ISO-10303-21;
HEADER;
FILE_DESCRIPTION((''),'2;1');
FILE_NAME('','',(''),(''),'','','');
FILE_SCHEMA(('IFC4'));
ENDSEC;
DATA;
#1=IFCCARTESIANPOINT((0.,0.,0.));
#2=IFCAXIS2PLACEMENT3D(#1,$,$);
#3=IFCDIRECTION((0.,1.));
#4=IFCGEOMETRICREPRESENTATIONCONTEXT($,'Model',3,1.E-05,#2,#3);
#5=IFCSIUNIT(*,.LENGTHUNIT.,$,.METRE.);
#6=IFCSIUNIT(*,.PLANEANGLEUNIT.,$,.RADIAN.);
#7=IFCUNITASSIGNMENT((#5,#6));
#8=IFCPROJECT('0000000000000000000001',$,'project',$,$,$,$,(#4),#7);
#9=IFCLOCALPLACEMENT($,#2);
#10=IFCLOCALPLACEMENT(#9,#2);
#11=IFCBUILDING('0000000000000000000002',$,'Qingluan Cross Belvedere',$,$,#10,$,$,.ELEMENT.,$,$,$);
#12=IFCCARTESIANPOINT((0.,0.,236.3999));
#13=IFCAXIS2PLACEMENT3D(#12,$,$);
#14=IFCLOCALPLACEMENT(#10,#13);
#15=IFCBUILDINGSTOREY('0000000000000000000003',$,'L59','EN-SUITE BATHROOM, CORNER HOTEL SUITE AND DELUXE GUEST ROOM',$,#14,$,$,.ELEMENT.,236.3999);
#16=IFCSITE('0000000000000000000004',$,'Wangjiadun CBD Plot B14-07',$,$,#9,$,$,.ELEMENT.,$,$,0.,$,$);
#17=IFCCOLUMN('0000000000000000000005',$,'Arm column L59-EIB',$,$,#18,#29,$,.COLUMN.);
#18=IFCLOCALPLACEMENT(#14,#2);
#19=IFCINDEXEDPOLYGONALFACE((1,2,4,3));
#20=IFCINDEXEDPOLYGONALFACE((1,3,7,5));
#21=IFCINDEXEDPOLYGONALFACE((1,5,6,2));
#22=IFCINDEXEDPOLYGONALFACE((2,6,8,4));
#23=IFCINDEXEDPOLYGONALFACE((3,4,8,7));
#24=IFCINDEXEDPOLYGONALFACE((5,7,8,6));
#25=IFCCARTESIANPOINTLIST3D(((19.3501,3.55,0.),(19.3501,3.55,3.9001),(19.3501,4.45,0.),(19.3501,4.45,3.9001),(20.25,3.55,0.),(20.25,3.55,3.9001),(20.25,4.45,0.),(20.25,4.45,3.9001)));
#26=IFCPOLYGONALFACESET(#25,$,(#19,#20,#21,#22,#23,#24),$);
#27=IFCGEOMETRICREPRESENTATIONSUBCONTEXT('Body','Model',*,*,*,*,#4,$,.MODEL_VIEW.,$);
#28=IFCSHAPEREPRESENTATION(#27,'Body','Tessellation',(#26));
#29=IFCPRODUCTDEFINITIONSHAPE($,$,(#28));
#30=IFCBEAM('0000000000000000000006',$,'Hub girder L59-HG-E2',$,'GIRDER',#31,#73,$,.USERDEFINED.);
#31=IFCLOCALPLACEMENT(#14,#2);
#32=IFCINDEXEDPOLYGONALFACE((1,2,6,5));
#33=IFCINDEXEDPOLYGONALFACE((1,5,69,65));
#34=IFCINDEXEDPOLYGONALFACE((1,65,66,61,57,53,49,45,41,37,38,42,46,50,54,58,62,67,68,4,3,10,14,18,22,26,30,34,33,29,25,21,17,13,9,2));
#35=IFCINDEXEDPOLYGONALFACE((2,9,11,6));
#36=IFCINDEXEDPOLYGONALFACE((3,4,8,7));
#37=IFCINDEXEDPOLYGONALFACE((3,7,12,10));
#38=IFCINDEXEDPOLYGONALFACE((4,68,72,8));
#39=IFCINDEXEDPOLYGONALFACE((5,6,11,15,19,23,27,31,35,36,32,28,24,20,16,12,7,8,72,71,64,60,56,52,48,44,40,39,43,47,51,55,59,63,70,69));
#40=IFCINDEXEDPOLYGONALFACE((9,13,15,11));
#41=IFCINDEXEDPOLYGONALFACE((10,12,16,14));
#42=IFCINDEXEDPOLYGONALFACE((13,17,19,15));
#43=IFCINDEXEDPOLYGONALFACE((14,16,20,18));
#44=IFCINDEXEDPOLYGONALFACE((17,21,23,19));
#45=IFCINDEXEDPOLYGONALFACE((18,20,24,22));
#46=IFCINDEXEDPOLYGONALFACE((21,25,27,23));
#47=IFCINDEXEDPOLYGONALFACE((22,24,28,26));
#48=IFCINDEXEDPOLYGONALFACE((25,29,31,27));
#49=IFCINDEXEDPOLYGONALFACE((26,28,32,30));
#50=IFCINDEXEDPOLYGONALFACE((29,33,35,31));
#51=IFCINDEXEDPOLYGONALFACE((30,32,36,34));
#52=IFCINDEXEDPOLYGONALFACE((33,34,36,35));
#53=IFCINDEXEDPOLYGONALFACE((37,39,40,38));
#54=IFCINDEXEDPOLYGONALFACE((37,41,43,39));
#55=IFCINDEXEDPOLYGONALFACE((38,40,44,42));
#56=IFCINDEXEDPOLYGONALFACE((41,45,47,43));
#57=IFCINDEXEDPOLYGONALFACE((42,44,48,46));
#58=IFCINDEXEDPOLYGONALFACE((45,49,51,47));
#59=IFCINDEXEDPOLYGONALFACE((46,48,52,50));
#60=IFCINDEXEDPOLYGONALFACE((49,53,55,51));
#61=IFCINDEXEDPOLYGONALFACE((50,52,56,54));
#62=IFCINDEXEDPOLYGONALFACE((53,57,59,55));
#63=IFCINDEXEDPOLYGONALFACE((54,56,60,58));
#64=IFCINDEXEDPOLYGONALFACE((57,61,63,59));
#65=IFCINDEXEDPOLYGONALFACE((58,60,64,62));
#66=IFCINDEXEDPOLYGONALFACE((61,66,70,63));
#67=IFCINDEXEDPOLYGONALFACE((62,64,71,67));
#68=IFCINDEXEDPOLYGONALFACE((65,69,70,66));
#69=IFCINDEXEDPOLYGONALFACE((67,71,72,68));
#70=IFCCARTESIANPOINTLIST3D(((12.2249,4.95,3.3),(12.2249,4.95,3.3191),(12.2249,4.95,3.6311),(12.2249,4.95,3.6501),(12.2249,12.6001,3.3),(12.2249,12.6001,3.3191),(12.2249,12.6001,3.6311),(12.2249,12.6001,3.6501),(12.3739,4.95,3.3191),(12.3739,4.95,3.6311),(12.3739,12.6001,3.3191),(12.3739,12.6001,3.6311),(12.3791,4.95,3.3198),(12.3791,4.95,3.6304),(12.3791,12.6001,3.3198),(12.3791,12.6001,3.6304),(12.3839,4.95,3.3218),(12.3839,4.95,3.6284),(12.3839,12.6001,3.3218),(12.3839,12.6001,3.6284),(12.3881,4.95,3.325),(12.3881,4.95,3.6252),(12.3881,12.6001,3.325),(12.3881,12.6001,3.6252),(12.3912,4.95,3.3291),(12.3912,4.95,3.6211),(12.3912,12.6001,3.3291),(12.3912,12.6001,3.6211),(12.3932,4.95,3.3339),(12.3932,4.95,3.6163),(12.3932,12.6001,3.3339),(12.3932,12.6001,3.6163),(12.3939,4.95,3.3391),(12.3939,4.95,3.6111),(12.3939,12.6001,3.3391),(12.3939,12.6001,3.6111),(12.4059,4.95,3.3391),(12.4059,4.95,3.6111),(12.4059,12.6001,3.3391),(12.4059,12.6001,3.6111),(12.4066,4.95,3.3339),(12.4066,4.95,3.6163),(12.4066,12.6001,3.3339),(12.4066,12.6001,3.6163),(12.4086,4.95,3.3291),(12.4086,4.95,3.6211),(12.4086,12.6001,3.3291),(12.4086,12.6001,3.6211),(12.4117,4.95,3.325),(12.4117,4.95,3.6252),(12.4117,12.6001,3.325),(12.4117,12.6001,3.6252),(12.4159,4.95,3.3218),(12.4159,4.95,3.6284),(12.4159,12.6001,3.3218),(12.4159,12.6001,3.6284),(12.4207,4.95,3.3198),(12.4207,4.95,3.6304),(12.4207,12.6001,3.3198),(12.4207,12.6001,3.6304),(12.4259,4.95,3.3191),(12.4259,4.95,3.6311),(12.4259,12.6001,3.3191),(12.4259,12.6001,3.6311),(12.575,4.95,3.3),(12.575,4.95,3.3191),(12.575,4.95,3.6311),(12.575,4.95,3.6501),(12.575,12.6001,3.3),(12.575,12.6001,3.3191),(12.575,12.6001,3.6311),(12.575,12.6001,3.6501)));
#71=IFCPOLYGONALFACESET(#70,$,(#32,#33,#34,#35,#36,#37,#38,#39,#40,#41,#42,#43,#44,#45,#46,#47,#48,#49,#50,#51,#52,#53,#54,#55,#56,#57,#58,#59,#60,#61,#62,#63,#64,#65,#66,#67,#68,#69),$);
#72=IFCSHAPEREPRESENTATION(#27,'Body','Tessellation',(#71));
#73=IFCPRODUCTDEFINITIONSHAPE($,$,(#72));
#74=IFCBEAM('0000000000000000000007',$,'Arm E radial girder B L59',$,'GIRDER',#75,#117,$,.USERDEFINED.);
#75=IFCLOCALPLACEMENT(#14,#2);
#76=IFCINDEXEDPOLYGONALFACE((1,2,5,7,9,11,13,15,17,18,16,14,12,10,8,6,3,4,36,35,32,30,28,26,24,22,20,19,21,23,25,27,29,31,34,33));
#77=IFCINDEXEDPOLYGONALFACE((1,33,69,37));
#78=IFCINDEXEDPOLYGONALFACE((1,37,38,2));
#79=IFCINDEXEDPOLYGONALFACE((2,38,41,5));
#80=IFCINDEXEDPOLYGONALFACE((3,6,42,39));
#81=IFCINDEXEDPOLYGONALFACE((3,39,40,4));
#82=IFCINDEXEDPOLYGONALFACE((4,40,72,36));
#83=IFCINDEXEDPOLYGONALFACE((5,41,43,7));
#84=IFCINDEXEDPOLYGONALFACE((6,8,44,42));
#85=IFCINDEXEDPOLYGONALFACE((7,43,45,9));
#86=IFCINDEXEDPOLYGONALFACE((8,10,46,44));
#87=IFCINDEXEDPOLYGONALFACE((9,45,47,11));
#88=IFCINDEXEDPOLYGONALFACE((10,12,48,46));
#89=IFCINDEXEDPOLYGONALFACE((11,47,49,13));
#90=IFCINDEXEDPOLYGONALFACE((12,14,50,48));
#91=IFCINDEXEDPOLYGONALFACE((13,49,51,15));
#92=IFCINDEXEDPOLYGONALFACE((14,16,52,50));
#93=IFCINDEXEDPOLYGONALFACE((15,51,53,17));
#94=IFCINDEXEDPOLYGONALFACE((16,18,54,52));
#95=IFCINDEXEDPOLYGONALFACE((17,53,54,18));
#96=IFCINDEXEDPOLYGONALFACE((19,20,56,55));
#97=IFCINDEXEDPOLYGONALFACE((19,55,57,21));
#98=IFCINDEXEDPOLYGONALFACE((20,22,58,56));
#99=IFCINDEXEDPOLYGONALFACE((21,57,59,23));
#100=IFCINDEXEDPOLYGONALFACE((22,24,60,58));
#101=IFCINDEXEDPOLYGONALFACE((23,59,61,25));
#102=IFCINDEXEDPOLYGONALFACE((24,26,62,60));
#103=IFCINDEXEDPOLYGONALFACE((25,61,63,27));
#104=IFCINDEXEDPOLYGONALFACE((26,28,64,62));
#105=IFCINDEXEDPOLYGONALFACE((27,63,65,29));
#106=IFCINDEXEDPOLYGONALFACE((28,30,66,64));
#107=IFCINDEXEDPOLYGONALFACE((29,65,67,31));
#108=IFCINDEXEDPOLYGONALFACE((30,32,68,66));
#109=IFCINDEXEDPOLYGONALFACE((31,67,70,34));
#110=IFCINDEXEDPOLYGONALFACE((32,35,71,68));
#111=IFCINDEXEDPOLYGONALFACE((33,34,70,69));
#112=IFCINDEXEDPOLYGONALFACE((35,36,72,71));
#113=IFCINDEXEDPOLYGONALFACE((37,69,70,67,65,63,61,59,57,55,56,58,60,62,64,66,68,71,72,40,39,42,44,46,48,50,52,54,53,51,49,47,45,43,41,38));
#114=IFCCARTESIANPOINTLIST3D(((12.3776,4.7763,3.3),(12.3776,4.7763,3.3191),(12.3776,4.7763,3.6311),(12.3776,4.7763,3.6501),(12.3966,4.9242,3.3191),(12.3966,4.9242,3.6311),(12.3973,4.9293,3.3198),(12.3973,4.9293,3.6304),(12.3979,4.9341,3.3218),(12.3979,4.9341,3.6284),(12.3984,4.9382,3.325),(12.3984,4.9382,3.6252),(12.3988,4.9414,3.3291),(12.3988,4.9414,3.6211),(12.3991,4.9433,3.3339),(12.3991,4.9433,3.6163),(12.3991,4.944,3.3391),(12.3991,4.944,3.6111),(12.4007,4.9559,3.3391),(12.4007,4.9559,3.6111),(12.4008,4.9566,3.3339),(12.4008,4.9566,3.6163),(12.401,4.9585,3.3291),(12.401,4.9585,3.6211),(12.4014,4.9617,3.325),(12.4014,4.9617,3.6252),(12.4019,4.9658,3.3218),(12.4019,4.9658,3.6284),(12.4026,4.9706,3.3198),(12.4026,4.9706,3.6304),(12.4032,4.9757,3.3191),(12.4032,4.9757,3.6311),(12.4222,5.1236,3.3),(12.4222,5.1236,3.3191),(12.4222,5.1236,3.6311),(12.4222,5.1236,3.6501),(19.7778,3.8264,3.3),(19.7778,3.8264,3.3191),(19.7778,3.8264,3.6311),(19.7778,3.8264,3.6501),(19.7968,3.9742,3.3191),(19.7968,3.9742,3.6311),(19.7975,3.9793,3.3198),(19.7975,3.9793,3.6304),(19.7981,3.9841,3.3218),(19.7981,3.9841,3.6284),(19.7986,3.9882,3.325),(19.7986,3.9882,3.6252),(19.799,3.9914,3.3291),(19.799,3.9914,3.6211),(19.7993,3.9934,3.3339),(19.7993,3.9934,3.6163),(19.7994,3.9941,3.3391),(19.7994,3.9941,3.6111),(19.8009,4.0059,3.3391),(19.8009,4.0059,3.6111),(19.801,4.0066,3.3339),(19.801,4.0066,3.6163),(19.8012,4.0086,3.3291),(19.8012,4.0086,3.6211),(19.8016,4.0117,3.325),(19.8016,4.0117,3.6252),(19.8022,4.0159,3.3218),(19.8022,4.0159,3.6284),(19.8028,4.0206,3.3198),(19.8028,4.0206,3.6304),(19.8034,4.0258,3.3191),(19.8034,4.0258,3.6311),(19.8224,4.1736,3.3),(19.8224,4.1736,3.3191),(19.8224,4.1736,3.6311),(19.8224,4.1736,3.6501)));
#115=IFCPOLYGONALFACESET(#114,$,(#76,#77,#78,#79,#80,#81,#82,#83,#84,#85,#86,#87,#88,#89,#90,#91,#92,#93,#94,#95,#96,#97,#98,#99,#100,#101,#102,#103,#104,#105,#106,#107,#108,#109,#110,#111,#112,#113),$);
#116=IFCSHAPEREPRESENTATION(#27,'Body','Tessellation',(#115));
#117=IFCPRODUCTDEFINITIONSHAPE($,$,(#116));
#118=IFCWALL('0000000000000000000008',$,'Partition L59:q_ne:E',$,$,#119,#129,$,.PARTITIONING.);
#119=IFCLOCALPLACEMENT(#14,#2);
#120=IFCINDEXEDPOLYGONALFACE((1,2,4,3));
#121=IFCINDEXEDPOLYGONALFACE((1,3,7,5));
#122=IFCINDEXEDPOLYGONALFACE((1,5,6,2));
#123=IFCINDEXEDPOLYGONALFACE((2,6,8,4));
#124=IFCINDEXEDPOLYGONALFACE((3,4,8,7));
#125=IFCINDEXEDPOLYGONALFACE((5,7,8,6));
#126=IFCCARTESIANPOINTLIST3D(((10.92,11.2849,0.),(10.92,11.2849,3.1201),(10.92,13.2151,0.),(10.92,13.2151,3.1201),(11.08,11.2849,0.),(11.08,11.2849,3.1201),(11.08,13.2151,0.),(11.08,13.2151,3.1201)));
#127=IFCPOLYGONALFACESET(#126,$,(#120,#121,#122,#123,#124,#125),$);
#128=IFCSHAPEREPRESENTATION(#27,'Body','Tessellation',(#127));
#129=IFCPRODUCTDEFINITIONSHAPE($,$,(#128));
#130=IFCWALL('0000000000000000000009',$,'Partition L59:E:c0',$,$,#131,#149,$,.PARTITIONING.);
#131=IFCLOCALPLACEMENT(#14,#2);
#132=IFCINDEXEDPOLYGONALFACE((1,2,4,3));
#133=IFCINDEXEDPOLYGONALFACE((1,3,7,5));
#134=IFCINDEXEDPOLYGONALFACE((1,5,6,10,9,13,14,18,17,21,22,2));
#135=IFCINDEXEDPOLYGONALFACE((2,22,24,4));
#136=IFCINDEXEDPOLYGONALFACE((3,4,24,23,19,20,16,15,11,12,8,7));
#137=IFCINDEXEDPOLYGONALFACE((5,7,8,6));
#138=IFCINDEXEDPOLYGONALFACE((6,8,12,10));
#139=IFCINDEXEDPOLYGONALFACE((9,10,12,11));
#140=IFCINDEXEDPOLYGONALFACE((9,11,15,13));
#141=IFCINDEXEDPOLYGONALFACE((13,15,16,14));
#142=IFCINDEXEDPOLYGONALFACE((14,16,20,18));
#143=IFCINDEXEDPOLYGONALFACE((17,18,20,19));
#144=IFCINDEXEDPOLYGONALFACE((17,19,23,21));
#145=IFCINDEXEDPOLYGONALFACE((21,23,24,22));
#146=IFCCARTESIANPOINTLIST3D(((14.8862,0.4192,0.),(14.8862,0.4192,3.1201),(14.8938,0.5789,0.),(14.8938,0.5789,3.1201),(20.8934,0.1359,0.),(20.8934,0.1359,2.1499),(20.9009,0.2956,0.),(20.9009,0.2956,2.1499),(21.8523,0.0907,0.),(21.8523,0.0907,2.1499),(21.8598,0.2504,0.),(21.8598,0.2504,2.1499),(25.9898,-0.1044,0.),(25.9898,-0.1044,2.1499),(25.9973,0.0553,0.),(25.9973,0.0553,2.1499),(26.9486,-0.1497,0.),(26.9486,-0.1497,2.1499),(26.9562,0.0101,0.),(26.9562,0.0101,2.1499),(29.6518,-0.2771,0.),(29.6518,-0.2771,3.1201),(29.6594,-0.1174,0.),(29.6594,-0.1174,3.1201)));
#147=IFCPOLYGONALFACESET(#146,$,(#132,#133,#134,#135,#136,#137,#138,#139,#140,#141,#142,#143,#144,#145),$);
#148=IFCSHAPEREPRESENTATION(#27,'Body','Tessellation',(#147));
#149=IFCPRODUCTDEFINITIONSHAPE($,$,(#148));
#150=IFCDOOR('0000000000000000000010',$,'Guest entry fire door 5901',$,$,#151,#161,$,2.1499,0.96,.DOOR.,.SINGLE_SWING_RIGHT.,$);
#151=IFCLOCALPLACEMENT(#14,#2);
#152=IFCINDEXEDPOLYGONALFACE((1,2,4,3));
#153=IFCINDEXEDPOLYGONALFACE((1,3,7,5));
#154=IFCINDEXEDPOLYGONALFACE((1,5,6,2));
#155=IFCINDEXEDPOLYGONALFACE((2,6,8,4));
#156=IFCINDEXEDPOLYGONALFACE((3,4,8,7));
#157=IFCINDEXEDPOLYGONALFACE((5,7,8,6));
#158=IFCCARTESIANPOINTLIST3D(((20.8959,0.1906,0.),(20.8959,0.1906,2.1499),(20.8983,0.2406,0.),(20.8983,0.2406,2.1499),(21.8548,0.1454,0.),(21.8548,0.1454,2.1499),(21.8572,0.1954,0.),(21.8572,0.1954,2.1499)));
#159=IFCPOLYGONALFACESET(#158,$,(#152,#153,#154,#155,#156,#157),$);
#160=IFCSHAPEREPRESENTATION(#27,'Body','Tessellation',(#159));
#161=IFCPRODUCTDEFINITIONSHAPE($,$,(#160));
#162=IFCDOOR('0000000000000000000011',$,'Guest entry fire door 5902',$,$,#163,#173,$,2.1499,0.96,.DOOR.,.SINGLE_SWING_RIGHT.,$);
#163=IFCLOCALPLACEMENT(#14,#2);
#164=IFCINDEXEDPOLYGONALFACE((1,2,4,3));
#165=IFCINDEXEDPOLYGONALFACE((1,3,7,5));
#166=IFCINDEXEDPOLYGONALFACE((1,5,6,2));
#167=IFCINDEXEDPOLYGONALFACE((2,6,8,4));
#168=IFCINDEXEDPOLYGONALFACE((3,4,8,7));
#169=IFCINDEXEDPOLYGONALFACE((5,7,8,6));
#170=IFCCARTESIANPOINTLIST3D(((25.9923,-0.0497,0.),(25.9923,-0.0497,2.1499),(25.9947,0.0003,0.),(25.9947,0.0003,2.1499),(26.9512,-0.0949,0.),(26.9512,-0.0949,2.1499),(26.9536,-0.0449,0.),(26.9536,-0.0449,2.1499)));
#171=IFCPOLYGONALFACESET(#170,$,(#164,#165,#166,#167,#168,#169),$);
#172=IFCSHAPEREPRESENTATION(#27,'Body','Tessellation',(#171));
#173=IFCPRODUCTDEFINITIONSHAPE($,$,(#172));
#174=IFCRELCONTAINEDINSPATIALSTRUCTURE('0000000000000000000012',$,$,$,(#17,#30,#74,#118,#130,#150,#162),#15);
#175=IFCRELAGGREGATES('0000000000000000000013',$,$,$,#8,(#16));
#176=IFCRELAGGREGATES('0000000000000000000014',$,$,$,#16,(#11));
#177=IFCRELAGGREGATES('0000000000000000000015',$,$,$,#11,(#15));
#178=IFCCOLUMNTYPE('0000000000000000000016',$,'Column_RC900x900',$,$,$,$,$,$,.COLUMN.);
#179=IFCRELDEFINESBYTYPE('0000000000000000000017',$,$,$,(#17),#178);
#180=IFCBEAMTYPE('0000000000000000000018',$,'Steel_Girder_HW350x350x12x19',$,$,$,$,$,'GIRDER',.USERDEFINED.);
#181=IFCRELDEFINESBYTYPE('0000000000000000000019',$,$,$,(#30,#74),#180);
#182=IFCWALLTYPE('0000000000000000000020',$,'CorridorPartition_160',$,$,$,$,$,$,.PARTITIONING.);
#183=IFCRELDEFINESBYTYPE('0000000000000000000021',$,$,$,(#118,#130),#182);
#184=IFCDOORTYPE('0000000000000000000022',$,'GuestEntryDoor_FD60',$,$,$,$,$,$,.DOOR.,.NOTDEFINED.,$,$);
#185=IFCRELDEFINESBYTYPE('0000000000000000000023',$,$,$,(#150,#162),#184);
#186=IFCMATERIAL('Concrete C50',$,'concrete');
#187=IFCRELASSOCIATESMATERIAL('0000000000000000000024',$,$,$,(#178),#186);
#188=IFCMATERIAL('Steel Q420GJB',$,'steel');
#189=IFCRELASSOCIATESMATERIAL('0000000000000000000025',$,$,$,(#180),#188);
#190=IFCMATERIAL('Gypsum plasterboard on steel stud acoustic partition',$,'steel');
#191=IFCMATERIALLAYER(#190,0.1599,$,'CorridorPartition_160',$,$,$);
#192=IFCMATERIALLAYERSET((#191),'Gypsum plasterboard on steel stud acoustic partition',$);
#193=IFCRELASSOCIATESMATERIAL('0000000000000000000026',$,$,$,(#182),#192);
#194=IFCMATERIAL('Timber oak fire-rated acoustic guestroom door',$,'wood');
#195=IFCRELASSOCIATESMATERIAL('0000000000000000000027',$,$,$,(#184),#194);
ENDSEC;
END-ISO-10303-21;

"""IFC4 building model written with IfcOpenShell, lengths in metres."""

from ifc_helpers import new_model, si_unit, direction, frame, frame_2d, origin, origin_2d, place, context, subcontext, project, spatial, rectangle, i_section, extrude, material, layer, layer_set, material_profile, profile_set, type_object, element, fill, save


model = new_model("IFC4")

# Units and contexts
model_context = context("Model", 3, precision=1e-05, world=origin(), true_north=direction((0.0, 1.0)))
body_context = subcontext(model_context, "Body", "Model", "MODEL_VIEW")
ifc_project = project(units=[si_unit("LENGTHUNIT", "METRE"), si_unit("PLANEANGLEUNIT", "RADIAN")], contexts=[model_context])

# Site, building, storey
site_placement = place(None, origin())
site = spatial("IfcSite", under=ifc_project, at=site_placement, Name="Wangjiadun CBD Plot B14-07", CompositionType="ELEMENT", RefElevation=0.0)
building_placement = place(site_placement, origin())
building = spatial("IfcBuilding", under=site, at=building_placement, Name="Qingluan Cross Belvedere", CompositionType="ELEMENT")
storey_placement = place(building_placement, frame((0.0, 0.0, 236.3999)))
storey = spatial("IfcBuildingStorey", under=building, at=storey_placement, Name="L59", Description="EN-SUITE BATHROOM, CORNER HOTEL SUITE AND DELUXE GUEST ROOM", CompositionType="ELEMENT", Elevation=236.3999)

# Column
ifc_material_1 = material(Name="Concrete C50", Category="concrete")
ifc_material_profile_1 = material_profile(ifc_material_1, rectangle(XDim=0.8999, YDim=0.8999, at=origin_2d()), Name="RC900x900")
ifc_profile_set_1 = profile_set([ifc_material_profile_1], Name="Concrete C50")
column_type = type_object("IfcColumnType", Name="Column_RC900x900", PredefinedType="COLUMN", material=ifc_profile_set_1)
column_placement = place(storey_placement, frame((19.8, 4.0, 0.0), z_axis=(0.0, 0.0, 1.0), x_axis=(1.0, 0.0, 0.0)))
element("IfcColumn", 1, at=column_placement, inside=storey, type_object=column_type, Name="Arm column L59-EIB", PredefinedType="COLUMN", context=body_context, shape_type="SweptSolid", body=[
    extrude(rectangle(XDim=0.8999, YDim=0.8999, at=origin_2d()), origin(), (0.0, 0.0, 1.0), 3.9001),
])

# Beams
ifc_material_2 = material(Name="Steel Q420GJB", Category="steel")
ifc_material_profile_2 = material_profile(ifc_material_2, i_section(OverallWidth=0.3501, OverallDepth=0.3501, WebThickness=0.012, FlangeThickness=0.019, FilletRadius=0.02, at=origin_2d()), Name="HW350x350x12x19")
ifc_profile_set_2 = profile_set([ifc_material_profile_2], Name="Steel Q420GJB")
beam_type = type_object("IfcBeamType", Name="Steel_Girder_HW350x350x12x19", ElementType="GIRDER", PredefinedType="USERDEFINED", material=ifc_profile_set_2)
beam_1_placement = place(storey_placement, frame((12.3999, 4.95, 3.4751), z_axis=(0.0, 1.0, 0.0), x_axis=(-1.0, 0.0, 0.0)))
element("IfcBeam", 2, at=beam_1_placement, inside=storey, type_object=beam_type, Name="Hub girder L59-HG-E2", ObjectType="GIRDER", PredefinedType="USERDEFINED", context=body_context, shape_type="SweptSolid", body=[
    extrude(i_section(OverallWidth=0.3501, OverallDepth=0.3501, WebThickness=0.012, FlangeThickness=0.019, FilletRadius=0.02, at=origin_2d()), origin(), (0.0, 0.0, 1.0), 7.6501),
])
beam_2_placement = place(storey_placement, frame((12.3999, 4.95, 3.4751), z_axis=(0.991861, -0.127324, 0.0), x_axis=(0.127324, 0.991861, 0.0)))
element("IfcBeam", 3, at=beam_2_placement, inside=storey, type_object=beam_type, Name="Arm E radial girder B L59", ObjectType="GIRDER", PredefinedType="USERDEFINED", context=body_context, shape_type="SweptSolid", body=[
    extrude(i_section(OverallWidth=0.3501, OverallDepth=0.3501, WebThickness=0.012, FlangeThickness=0.019, FilletRadius=0.02, at=origin_2d()), origin(), (0.0, 0.0, 1.0), 7.4609),
])

# Wall
ifc_material_3 = material(Name="Gypsum plasterboard on steel stud acoustic partition", Category="steel")
ifc_layer_1 = layer(ifc_material_3, 0.1599, Name="CorridorPartition_160")
ifc_layer_set_1 = layer_set([ifc_layer_1], Name="Gypsum plasterboard on steel stud acoustic partition")
wall_type_1 = type_object("IfcWallType", Name="CorridorPartition_160", PredefinedType="PARTITIONING", material=ifc_layer_set_1)
wall_1_placement = place(storey_placement, frame((11.0, 11.2849, 0.0), z_axis=(0.0, 0.0, 1.0), x_axis=(0.0, 1.0, 0.0)))
element("IfcWall", 4, at=wall_1_placement, inside=storey, type_object=wall_type_1, Name="Partition L59:q_ne:E", PredefinedType="PARTITIONING", context=body_context, shape_type="SweptSolid", body=[
    extrude(rectangle(XDim=1.9302, YDim=0.1599, at=frame_2d((0.9651, 0.0))), origin(), (0.0, 0.0, 1.0), 3.1201),
])

# Wall, openings, doors
wall_2_placement = place(storey_placement, frame((14.8899, 0.499, 0.0), z_axis=(0.0, 0.0, 1.0), x_axis=(0.99889, -0.047104, 0.0)))
wall_2 = element("IfcWall", 5, at=wall_2_placement, inside=storey, type_object=wall_type_1, Name="Partition L59:E:c0", PredefinedType="PARTITIONING", context=body_context, shape_type="SweptSolid", body=[
    extrude(rectangle(XDim=14.782, YDim=0.1599, at=frame_2d((7.3911, 0.0))), origin(), (0.0, 0.0, 1.0), 3.1201),
])
opening_1_placement = place(wall_2_placement, frame((6.0139, 0.0, 0.0)))
opening_1 = element("IfcOpeningElement", 6, at=opening_1_placement, cuts=wall_2, PredefinedType="OPENING", context=body_context, shape_type="SweptSolid", body=[
    extrude(rectangle(XDim=0.96, YDim=2.1499, at=frame_2d((0.48, 1.075))), frame((0.0, 0.0898, 0.0), z_axis=(0.0, -1.0, 0.0), x_axis=(1.0, 0.0, 0.0)), (0.0, 0.0, 1.0), 0.1799),
])
opening_2_placement = place(wall_2_placement, frame((11.116, 0.0, 0.0)))
opening_2 = element("IfcOpeningElement", 7, at=opening_2_placement, cuts=wall_2, PredefinedType="OPENING", context=body_context, shape_type="SweptSolid", body=[
    extrude(rectangle(XDim=0.96, YDim=2.1499, at=frame_2d((0.48, 1.075))), frame((0.0, 0.0898, 0.0), z_axis=(0.0, -1.0, 0.0), x_axis=(1.0, 0.0, 0.0)), (0.0, 0.0, 1.0), 0.1799),
])
ifc_material_4 = material(Name="Timber oak fire-rated acoustic guestroom door", Category="wood")
door_type_1 = type_object("IfcDoorType", Name="GuestEntryDoor_FD60", OperationType="NOTDEFINED", PredefinedType="DOOR", material=ifc_material_4)
door_1_placement = place(opening_1_placement, origin())
door_1 = element("IfcDoor", 8, at=door_1_placement, inside=storey, type_object=door_type_1, Name="Guest entry fire door 5901", OperationType="SINGLE_SWING_RIGHT", OverallHeight=2.1499, OverallWidth=0.96, PredefinedType="DOOR", context=body_context, shape_type="SweptSolid", body=[
    extrude(rectangle(XDim=0.96, YDim=2.1499, at=frame_2d((0.48, 1.075))), frame((0.0, 0.0249, 0.0), z_axis=(0.0, -1.0, 0.0), x_axis=(1.0, 0.0, 0.0)), (0.0, 0.0, 1.0), 0.05),
])
fill(opening_1, door_1)
door_2_placement = place(opening_2_placement, origin())
door_2 = element("IfcDoor", 9, at=door_2_placement, inside=storey, type_object=door_type_1, Name="Guest entry fire door 5902", OperationType="SINGLE_SWING_RIGHT", OverallHeight=2.1499, OverallWidth=0.96, PredefinedType="DOOR", context=body_context, shape_type="SweptSolid", body=[
    extrude(rectangle(XDim=0.96, YDim=2.1499, at=frame_2d((0.48, 1.075))), frame((0.0, 0.0249, 0.0), z_axis=(0.0, -1.0, 0.0), x_axis=(1.0, 0.0, 0.0)), (0.0, 0.0, 1.0), 0.05),
])
fill(opening_2, door_2)

save(model, "model.ifc")
